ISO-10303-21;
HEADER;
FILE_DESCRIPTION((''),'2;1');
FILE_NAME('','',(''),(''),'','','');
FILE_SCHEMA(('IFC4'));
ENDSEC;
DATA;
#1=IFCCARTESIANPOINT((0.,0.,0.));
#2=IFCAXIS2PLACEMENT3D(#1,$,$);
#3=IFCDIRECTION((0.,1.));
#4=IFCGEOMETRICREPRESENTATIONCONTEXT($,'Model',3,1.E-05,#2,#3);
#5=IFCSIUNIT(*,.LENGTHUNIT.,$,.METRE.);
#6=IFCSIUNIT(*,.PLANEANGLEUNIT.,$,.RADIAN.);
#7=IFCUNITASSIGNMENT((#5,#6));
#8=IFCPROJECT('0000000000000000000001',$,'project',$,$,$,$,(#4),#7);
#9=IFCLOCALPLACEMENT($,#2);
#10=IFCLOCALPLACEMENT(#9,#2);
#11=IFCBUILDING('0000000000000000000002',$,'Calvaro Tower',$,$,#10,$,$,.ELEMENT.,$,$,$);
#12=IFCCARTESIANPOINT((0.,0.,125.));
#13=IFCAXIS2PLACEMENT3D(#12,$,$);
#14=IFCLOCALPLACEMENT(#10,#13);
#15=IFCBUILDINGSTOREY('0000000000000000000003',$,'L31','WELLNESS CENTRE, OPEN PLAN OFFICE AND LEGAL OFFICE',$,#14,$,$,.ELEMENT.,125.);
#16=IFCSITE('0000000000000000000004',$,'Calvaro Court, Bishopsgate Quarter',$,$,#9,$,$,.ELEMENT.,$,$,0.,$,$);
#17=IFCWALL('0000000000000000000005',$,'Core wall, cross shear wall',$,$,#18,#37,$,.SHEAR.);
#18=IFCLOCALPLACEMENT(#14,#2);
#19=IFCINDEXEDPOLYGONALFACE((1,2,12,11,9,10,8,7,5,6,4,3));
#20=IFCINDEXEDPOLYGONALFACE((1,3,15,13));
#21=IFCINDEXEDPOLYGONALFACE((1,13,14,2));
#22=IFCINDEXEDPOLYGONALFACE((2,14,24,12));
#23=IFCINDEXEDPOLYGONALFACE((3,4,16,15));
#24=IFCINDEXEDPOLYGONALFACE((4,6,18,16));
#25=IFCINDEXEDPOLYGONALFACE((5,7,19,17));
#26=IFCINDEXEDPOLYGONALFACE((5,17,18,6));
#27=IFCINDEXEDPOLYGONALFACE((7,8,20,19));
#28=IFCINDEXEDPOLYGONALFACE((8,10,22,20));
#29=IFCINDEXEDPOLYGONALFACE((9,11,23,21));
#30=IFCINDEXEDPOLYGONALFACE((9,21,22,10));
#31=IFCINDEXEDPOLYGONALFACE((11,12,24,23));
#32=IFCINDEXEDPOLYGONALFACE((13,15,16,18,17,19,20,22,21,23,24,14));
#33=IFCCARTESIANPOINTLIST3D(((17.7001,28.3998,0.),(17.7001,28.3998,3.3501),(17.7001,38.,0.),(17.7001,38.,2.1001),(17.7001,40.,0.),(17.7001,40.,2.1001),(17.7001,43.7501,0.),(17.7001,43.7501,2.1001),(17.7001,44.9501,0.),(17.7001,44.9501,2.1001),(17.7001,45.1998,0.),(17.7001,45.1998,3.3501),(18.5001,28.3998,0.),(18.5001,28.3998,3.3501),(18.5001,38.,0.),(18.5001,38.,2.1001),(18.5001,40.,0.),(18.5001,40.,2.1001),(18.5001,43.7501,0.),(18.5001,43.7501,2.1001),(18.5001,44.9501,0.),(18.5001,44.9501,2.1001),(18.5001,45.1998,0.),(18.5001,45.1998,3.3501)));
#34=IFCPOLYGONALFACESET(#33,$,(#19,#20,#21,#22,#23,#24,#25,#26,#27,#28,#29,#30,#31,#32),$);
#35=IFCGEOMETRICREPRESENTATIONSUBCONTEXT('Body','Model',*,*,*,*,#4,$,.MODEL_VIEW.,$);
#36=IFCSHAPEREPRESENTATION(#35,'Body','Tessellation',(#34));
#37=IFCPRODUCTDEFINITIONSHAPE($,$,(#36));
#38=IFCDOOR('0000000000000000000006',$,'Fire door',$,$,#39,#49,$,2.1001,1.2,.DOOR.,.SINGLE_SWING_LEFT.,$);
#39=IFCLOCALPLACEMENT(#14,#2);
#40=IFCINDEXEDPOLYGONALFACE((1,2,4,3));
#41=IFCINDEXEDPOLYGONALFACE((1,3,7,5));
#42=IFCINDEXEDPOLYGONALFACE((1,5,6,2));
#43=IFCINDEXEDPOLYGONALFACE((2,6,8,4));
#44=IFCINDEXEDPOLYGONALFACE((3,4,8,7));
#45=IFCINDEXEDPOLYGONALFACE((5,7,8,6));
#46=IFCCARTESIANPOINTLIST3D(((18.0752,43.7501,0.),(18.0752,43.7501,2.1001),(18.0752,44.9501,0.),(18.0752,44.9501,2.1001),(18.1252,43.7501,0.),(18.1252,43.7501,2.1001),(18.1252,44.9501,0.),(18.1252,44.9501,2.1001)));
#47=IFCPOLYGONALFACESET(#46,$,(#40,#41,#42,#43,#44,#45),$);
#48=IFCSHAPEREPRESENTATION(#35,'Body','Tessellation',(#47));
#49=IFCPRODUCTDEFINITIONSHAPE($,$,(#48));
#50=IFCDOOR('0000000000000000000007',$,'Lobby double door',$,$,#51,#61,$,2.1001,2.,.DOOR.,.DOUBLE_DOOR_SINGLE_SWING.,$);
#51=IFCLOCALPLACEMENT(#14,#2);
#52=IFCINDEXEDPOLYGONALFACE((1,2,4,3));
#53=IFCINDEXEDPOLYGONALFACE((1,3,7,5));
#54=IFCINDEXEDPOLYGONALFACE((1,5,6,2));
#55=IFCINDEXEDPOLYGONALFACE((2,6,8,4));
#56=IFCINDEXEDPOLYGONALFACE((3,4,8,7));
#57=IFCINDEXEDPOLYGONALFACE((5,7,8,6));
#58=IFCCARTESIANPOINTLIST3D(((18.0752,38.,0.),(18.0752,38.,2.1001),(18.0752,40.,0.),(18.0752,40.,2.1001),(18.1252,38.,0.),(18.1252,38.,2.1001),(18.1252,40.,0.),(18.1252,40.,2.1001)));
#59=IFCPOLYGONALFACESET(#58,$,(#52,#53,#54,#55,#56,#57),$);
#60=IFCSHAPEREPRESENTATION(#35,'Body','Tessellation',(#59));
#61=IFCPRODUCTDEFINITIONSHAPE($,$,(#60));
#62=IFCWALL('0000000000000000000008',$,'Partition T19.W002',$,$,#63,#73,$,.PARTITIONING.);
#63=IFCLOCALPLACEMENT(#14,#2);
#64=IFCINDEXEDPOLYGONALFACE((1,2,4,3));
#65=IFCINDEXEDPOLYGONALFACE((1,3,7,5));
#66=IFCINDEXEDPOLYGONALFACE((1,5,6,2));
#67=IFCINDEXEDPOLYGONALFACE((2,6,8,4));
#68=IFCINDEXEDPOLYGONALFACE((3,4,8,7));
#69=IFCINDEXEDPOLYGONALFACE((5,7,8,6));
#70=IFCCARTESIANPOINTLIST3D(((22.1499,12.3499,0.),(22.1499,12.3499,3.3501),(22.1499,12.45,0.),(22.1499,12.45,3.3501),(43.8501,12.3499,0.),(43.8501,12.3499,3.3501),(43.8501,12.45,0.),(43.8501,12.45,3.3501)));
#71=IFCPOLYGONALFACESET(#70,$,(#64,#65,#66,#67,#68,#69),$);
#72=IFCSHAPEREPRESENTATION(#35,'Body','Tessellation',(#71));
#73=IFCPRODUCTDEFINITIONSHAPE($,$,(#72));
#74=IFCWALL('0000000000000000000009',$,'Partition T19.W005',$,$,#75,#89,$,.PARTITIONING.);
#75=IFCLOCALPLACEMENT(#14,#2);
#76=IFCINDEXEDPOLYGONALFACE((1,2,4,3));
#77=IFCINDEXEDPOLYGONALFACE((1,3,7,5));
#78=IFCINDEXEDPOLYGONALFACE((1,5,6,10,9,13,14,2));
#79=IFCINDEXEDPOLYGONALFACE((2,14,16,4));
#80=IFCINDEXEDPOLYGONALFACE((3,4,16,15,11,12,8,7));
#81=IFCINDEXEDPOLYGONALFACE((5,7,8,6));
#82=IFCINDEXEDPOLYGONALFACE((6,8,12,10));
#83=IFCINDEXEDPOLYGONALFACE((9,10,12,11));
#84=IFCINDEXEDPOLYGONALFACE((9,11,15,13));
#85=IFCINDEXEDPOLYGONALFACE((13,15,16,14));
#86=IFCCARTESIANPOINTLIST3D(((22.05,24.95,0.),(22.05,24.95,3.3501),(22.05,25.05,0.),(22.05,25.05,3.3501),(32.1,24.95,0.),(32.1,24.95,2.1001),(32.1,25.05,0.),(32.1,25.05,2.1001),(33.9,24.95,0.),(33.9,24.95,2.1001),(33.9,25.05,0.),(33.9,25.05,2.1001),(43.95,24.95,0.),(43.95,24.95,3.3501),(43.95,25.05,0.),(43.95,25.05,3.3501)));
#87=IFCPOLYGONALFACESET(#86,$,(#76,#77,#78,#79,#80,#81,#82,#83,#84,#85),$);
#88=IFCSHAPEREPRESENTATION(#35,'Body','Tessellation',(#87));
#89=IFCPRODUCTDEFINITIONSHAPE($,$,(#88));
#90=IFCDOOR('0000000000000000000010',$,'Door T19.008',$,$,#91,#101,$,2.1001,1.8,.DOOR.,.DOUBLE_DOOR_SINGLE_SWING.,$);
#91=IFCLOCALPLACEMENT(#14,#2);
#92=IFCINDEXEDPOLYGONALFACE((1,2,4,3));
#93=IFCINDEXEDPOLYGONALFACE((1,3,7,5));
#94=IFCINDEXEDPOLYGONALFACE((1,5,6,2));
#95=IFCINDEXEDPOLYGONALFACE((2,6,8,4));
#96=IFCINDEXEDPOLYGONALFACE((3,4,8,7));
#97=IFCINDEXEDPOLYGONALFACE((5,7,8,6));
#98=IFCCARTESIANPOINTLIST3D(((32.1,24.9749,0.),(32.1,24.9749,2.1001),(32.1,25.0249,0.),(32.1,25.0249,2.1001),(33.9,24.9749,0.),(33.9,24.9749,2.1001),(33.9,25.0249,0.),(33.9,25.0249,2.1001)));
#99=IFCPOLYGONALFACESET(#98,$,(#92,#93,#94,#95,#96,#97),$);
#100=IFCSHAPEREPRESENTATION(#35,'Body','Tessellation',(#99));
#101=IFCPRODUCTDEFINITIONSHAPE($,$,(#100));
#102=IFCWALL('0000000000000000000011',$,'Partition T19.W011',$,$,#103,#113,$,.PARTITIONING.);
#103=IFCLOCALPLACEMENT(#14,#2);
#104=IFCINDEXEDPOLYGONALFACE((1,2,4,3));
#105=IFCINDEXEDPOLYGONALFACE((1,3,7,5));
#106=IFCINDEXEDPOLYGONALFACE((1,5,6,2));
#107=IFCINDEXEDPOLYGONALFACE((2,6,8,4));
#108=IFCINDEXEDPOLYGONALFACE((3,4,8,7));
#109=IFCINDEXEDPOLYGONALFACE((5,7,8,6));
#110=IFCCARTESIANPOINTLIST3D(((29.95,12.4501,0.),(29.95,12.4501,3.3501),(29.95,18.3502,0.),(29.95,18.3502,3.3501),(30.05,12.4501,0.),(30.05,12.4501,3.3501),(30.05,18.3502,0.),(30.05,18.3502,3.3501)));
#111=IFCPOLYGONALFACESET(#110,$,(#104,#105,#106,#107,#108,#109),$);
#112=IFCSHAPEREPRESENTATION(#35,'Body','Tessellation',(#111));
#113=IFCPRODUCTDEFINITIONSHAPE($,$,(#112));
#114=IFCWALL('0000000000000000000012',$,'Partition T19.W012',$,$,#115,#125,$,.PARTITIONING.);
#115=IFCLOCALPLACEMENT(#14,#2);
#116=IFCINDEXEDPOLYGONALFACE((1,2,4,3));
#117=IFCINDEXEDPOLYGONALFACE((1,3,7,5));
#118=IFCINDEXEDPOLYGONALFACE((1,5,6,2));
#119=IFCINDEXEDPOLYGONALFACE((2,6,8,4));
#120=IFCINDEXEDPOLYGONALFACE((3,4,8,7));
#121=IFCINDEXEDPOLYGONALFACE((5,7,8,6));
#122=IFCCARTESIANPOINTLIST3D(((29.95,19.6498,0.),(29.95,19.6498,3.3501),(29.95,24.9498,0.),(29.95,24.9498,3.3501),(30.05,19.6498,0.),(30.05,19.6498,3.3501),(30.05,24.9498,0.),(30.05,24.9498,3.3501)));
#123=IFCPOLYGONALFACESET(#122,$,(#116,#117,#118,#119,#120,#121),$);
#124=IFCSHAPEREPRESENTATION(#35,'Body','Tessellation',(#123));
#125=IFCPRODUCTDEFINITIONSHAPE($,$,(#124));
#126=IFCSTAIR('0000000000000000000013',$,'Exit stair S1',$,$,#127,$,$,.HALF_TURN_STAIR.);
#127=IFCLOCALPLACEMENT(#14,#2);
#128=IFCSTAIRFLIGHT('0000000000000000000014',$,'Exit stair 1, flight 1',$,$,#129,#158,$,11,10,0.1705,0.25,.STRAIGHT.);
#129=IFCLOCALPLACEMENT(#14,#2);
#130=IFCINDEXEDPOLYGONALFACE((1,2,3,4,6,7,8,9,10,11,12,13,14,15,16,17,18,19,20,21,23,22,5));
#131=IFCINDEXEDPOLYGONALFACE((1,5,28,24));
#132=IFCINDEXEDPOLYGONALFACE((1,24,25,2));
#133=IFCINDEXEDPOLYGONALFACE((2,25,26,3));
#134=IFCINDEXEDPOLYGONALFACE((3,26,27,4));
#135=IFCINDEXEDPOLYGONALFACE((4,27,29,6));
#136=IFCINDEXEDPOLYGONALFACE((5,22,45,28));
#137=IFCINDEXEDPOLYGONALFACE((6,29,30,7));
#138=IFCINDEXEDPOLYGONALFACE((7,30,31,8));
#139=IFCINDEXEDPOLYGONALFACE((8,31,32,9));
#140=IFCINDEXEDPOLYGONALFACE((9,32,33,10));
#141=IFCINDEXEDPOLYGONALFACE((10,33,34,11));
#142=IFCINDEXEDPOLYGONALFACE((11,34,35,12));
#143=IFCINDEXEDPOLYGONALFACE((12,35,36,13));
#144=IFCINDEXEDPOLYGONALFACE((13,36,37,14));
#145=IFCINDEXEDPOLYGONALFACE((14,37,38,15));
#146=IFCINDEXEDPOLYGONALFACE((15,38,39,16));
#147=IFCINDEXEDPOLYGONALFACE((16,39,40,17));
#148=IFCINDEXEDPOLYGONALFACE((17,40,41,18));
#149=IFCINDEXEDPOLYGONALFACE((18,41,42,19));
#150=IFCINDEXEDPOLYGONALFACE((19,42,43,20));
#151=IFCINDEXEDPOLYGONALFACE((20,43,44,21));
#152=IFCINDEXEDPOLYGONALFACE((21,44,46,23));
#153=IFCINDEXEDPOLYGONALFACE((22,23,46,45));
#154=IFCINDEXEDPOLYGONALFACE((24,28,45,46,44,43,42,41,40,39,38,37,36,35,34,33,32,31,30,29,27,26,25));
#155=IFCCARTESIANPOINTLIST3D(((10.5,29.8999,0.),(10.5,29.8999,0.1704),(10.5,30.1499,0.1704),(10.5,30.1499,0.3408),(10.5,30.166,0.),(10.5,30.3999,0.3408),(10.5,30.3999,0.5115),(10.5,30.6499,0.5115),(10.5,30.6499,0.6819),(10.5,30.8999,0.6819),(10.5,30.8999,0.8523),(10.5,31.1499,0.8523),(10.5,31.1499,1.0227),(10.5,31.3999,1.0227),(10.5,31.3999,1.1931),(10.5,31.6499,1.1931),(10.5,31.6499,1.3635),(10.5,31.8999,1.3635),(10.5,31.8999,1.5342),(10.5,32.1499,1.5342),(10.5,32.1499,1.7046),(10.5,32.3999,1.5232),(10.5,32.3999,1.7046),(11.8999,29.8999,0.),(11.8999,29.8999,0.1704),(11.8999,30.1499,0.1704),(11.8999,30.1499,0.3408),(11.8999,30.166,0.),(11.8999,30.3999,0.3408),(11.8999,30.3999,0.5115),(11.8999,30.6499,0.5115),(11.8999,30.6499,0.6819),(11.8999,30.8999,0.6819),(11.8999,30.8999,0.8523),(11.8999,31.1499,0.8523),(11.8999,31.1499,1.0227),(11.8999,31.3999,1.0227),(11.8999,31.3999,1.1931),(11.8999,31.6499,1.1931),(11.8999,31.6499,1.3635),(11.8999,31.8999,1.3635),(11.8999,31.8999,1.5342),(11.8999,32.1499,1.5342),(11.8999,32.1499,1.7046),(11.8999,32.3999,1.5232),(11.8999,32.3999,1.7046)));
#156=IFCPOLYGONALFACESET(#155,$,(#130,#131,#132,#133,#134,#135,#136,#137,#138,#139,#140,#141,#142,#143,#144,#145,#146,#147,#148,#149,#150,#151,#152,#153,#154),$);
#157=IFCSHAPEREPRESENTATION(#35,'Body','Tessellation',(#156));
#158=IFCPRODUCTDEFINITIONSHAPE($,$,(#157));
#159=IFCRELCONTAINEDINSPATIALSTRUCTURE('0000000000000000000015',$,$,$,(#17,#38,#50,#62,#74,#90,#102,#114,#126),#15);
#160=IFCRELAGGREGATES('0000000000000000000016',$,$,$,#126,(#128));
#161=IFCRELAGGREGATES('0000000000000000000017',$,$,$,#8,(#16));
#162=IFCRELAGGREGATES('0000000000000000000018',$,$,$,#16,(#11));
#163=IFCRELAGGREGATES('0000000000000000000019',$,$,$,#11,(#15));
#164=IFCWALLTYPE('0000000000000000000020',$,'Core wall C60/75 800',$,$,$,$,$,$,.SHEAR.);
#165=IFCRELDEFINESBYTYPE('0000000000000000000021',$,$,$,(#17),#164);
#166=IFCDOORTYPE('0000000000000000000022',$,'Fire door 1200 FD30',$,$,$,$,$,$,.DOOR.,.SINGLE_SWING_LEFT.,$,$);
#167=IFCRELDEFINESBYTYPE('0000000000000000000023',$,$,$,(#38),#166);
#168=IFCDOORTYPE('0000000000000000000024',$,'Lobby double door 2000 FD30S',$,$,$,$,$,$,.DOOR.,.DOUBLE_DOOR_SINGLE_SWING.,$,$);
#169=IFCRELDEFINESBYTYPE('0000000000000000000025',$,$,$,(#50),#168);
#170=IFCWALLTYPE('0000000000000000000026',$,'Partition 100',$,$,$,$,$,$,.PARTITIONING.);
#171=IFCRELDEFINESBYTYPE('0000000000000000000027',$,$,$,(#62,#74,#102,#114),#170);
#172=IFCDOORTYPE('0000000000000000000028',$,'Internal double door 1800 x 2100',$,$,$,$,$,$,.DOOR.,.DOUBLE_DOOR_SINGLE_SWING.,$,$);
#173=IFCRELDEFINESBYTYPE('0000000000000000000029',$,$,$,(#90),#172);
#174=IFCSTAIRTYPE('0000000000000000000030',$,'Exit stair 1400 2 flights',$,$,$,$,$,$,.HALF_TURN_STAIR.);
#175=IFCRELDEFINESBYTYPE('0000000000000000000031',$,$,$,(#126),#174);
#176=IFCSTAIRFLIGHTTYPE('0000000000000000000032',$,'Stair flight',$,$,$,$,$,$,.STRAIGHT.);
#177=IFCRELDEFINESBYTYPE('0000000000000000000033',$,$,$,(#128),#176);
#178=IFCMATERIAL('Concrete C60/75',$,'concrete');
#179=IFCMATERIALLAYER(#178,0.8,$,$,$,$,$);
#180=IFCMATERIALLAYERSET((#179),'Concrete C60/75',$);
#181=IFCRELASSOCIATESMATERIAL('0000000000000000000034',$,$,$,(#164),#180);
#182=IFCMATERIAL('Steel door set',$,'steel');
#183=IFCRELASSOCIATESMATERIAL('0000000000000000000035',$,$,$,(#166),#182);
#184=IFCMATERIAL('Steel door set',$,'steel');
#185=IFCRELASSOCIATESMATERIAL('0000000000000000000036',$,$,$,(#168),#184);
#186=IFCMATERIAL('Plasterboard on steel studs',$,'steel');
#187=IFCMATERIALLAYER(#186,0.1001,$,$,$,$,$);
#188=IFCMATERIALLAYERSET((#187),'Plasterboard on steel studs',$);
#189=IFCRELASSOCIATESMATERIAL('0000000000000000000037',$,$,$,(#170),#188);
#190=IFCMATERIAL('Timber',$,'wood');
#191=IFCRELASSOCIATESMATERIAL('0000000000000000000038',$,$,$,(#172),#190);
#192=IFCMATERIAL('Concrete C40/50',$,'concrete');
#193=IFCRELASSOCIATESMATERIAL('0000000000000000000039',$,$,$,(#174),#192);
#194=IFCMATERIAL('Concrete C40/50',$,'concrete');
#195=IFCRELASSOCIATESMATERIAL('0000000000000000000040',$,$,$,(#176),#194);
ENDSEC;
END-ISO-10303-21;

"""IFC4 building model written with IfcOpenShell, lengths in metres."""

from ifc_helpers import new_model, si_unit, direction, frame, frame_2d, origin, place, context, subcontext, project, spatial, polyline, rectangle, outline, extrude, material, layer, layer_set, type_object, element, fill, aggregate, save


model = new_model("IFC4")

# Units and contexts
model_context = context("Model", 3, precision=1e-05, world=origin(), true_north=direction((0.0, 1.0)))
body_context = subcontext(model_context, "Body", "Model", "MODEL_VIEW")
ifc_project = project(units=[si_unit("LENGTHUNIT", "METRE"), si_unit("PLANEANGLEUNIT", "RADIAN")], contexts=[model_context])

# Site, building, storey
site_placement = place(None, origin())
site = spatial("IfcSite", under=ifc_project, at=site_placement, Name="Calvaro Court, Bishopsgate Quarter", CompositionType="ELEMENT", RefElevation=0.0)
building_placement = place(site_placement, origin())
building = spatial("IfcBuilding", under=site, at=building_placement, Name="Calvaro Tower", CompositionType="ELEMENT")
storey_placement = place(building_placement, frame((0.0, 0.0, 125.0)))
storey = spatial("IfcBuildingStorey", under=building, at=storey_placement, Name="L31", Description="WELLNESS CENTRE, OPEN PLAN OFFICE AND LEGAL OFFICE", CompositionType="ELEMENT", Elevation=125.0)

# Wall, openings, doors
ifc_material_1 = material(Name="Concrete C60/75", Category="concrete")
ifc_layer_1 = layer(ifc_material_1, 0.8)
ifc_layer_set_1 = layer_set([ifc_layer_1], Name="Concrete C60/75")
wall_type_1 = type_object("IfcWallType", Name="Core wall C60/75 800", PredefinedType="SHEAR", material=ifc_layer_set_1)
wall_1_placement = place(storey_placement, frame((18.1001, 28.3999, 0.0), z_axis=(0.0, 0.0, 1.0), x_axis=(0.0, 1.0, 0.0)))
wall_1 = element("IfcWall", 1, at=wall_1_placement, inside=storey, type_object=wall_type_1, Name="Core wall, cross shear wall", PredefinedType="SHEAR", context=body_context, shape_type="SweptSolid", body=[
    extrude(rectangle(XDim=16.8, YDim=0.8, at=frame_2d((8.3999, 0.0))), origin(), (0.0, 0.0, 1.0), 3.3501),
])
opening_1_placement = place(wall_1_placement, frame((9.6001, 0.0, 0.0)))
opening_1 = element("IfcOpeningElement", 2, at=opening_1_placement, cuts=wall_1, PredefinedType="OPENING", context=body_context, shape_type="SweptSolid", body=[
    extrude(rectangle(XDim=2.0, YDim=2.1001, at=frame_2d((1.0, 1.05))), frame((0.0, 0.4099, 0.0), z_axis=(0.0, -1.0, 0.0), x_axis=(1.0, 0.0, 0.0)), (0.0, 0.0, 1.0), 0.8201),
])
opening_2_placement = place(wall_1_placement, frame((15.3501, 0.0, 0.0)))
opening_2 = element("IfcOpeningElement", 3, at=opening_2_placement, cuts=wall_1, PredefinedType="OPENING", context=body_context, shape_type="SweptSolid", body=[
    extrude(rectangle(XDim=1.2, YDim=2.1001, at=frame_2d((0.6001, 1.05))), frame((0.0, 0.4099, 0.0), z_axis=(0.0, -1.0, 0.0), x_axis=(1.0, 0.0, 0.0)), (0.0, 0.0, 1.0), 0.8201),
])
ifc_material_2 = material(Name="Steel door set", Category="steel")
door_type_1 = type_object("IfcDoorType", Name="Fire door 1200 FD30", OperationType="SINGLE_SWING_LEFT", PredefinedType="DOOR", material=ifc_material_2)
door_1_placement = place(opening_2_placement, origin())
door_1 = element("IfcDoor", 4, at=door_1_placement, inside=storey, type_object=door_type_1, Name="Fire door", OperationType="SINGLE_SWING_LEFT", OverallHeight=2.1001, OverallWidth=1.2, PredefinedType="DOOR", context=body_context, shape_type="SweptSolid", body=[
    extrude(rectangle(XDim=1.2, YDim=2.1001, at=frame_2d((0.6001, 1.05))), frame((0.0, 0.0249, 0.0), z_axis=(0.0, -1.0, 0.0), x_axis=(1.0, 0.0, 0.0)), (0.0, 0.0, 1.0), 0.05),
])
fill(opening_2, door_1)
ifc_material_3 = material(Name="Steel door set", Category="steel")
door_type_2 = type_object("IfcDoorType", Name="Lobby double door 2000 FD30S", OperationType="DOUBLE_DOOR_SINGLE_SWING", PredefinedType="DOOR", material=ifc_material_3)
door_2_placement = place(opening_1_placement, origin())
door_2 = element("IfcDoor", 5, at=door_2_placement, inside=storey, type_object=door_type_2, Name="Lobby double door", OperationType="DOUBLE_DOOR_SINGLE_SWING", OverallHeight=2.1001, OverallWidth=2.0, PredefinedType="DOOR", context=body_context, shape_type="SweptSolid", body=[
    extrude(rectangle(XDim=2.0, YDim=2.1001, at=frame_2d((1.0, 1.05))), frame((0.0, 0.0249, 0.0), z_axis=(0.0, -1.0, 0.0), x_axis=(1.0, 0.0, 0.0)), (0.0, 0.0, 1.0), 0.05),
])
fill(opening_1, door_2)

# Wall
ifc_material_4 = material(Name="Plasterboard on steel studs", Category="steel")
ifc_layer_2 = layer(ifc_material_4, 0.1001)
ifc_layer_set_2 = layer_set([ifc_layer_2], Name="Plasterboard on steel studs")
wall_type_2 = type_object("IfcWallType", Name="Partition 100", PredefinedType="PARTITIONING", material=ifc_layer_set_2)
wall_2_placement = place(storey_placement, frame((22.1499, 12.3999, 0.0), z_axis=(0.0, 0.0, 1.0), x_axis=(1.0, 0.0, 0.0)))
element("IfcWall", 6, at=wall_2_placement, inside=storey, type_object=wall_type_2, Name="Partition T19.W002", PredefinedType="PARTITIONING", context=body_context, shape_type="SweptSolid", body=[
    extrude(rectangle(XDim=21.7002, YDim=0.1001, at=frame_2d((10.8501, 0.0))), origin(), (0.0, 0.0, 1.0), 3.3501),
])

# Wall, opening, door
wall_3_placement = place(storey_placement, frame((22.05, 25.0, 0.0), z_axis=(0.0, 0.0, 1.0), x_axis=(1.0, 0.0, 0.0)))
wall_3 = element("IfcWall", 7, at=wall_3_placement, inside=storey, type_object=wall_type_2, Name="Partition T19.W005", PredefinedType="PARTITIONING", context=body_context, shape_type="SweptSolid", body=[
    extrude(rectangle(XDim=21.8999, YDim=0.1001, at=frame_2d((10.95, 0.0))), origin(), (0.0, 0.0, 1.0), 3.3501),
])
opening_3_placement = place(wall_3_placement, frame((10.05, 0.0, 0.0)))
opening_3 = element("IfcOpeningElement", 8, at=opening_3_placement, cuts=wall_3, PredefinedType="OPENING", context=body_context, shape_type="SweptSolid", body=[
    extrude(rectangle(XDim=1.8, YDim=2.1001, at=frame_2d((0.8999, 1.05))), frame((0.0, 0.0601, 0.0), z_axis=(0.0, -1.0, 0.0), x_axis=(1.0, 0.0, 0.0)), (0.0, 0.0, 1.0), 0.1201),
])
ifc_material_5 = material(Name="Timber", Category="wood")
door_type_3 = type_object("IfcDoorType", Name="Internal double door 1800 x 2100", OperationType="DOUBLE_DOOR_SINGLE_SWING", PredefinedType="DOOR", material=ifc_material_5)
door_3_placement = place(opening_3_placement, origin())
door_3 = element("IfcDoor", 9, at=door_3_placement, inside=storey, type_object=door_type_3, Name="Door T19.008", OperationType="DOUBLE_DOOR_SINGLE_SWING", OverallHeight=2.1001, OverallWidth=1.8, PredefinedType="DOOR", context=body_context, shape_type="SweptSolid", body=[
    extrude(rectangle(XDim=1.8, YDim=2.1001, at=frame_2d((0.8999, 1.05))), frame((0.0, 0.0249, 0.0), z_axis=(0.0, -1.0, 0.0), x_axis=(1.0, 0.0, 0.0)), (0.0, 0.0, 1.0), 0.05),
])
fill(opening_3, door_3)

# Walls
wall_4_placement = place(storey_placement, frame((30.0, 12.45, 0.0), z_axis=(0.0, 0.0, 1.0), x_axis=(0.0, 1.0, 0.0)))
element("IfcWall", 10, at=wall_4_placement, inside=storey, type_object=wall_type_2, Name="Partition T19.W011", PredefinedType="PARTITIONING", context=body_context, shape_type="SweptSolid", body=[
    extrude(rectangle(XDim=5.9001, YDim=0.1001, at=frame_2d((2.9502, 0.0))), origin(), (0.0, 0.0, 1.0), 3.3501),
])
wall_5_placement = place(storey_placement, frame((30.0, 19.6499, 0.0), z_axis=(0.0, 0.0, 1.0), x_axis=(0.0, 1.0, 0.0)))
element("IfcWall", 11, at=wall_5_placement, inside=storey, type_object=wall_type_2, Name="Partition T19.W012", PredefinedType="PARTITIONING", context=body_context, shape_type="SweptSolid", body=[
    extrude(rectangle(XDim=5.3, YDim=0.1001, at=frame_2d((2.6499, 0.0))), origin(), (0.0, 0.0, 1.0), 3.3501),
])

# Stair, stair flight
ifc_material_6 = material(Name="Concrete C40/50", Category="concrete")
stair_type = type_object("IfcStairType", Name="Exit stair 1400 2 flights", PredefinedType="HALF_TURN_STAIR", material=ifc_material_6)
stair_placement = place(storey_placement, origin())
stair = element("IfcStair", 12, at=stair_placement, inside=storey, type_object=stair_type, Name="Exit stair S1", PredefinedType="HALF_TURN_STAIR")
ifc_material_7 = material(Name="Concrete C40/50", Category="concrete")
stair_flight_type = type_object("IfcStairFlightType", Name="Stair flight", PredefinedType="STRAIGHT", material=ifc_material_7)
stair_flight_placement = place(storey_placement, frame((11.2, 29.8999, 0.0), z_axis=(0.0, 0.0, 1.0), x_axis=(0.0, 1.0, 0.0)))
stair_flight = element("IfcStairFlight", 13, at=stair_flight_placement, type_object=stair_flight_type, Name="Exit stair 1, flight 1", NumberOfRisers=11, NumberOfTreads=10, PredefinedType="STRAIGHT", RiserHeight=0.1705, TreadLength=0.25, context=body_context, shape_type="SweptSolid", body=[
    extrude(outline(polyline([(0.0, 0.0), (0.0, 0.1704), (0.25, 0.1704), (0.25, 0.3408), (0.5, 0.3408), (0.5, 0.5115), (0.75, 0.5115), (0.75, 0.6819), (1.0, 0.6819), (1.0, 0.8523), (1.25, 0.8523), (1.25, 1.0227), (1.5, 1.0227), (1.5, 1.1931), (1.75, 1.1931), (1.75, 1.3635), (2.0, 1.3635), (2.0, 1.5342), (2.25, 1.5342), (2.25, 1.7046), (2.5, 1.7046), (2.5, 1.875), (2.5, 1.5232), (0.2661, 0.0), (0.0, 0.0)])), frame((0.0, 0.7, 0.0), z_axis=(0.0, -1.0, 0.0), x_axis=(1.0, 0.0, 0.0)), (0.0, 0.0, 1.0), 1.3999),
])
aggregate(stair, [stair_flight])

save(model, "model.ifc")
